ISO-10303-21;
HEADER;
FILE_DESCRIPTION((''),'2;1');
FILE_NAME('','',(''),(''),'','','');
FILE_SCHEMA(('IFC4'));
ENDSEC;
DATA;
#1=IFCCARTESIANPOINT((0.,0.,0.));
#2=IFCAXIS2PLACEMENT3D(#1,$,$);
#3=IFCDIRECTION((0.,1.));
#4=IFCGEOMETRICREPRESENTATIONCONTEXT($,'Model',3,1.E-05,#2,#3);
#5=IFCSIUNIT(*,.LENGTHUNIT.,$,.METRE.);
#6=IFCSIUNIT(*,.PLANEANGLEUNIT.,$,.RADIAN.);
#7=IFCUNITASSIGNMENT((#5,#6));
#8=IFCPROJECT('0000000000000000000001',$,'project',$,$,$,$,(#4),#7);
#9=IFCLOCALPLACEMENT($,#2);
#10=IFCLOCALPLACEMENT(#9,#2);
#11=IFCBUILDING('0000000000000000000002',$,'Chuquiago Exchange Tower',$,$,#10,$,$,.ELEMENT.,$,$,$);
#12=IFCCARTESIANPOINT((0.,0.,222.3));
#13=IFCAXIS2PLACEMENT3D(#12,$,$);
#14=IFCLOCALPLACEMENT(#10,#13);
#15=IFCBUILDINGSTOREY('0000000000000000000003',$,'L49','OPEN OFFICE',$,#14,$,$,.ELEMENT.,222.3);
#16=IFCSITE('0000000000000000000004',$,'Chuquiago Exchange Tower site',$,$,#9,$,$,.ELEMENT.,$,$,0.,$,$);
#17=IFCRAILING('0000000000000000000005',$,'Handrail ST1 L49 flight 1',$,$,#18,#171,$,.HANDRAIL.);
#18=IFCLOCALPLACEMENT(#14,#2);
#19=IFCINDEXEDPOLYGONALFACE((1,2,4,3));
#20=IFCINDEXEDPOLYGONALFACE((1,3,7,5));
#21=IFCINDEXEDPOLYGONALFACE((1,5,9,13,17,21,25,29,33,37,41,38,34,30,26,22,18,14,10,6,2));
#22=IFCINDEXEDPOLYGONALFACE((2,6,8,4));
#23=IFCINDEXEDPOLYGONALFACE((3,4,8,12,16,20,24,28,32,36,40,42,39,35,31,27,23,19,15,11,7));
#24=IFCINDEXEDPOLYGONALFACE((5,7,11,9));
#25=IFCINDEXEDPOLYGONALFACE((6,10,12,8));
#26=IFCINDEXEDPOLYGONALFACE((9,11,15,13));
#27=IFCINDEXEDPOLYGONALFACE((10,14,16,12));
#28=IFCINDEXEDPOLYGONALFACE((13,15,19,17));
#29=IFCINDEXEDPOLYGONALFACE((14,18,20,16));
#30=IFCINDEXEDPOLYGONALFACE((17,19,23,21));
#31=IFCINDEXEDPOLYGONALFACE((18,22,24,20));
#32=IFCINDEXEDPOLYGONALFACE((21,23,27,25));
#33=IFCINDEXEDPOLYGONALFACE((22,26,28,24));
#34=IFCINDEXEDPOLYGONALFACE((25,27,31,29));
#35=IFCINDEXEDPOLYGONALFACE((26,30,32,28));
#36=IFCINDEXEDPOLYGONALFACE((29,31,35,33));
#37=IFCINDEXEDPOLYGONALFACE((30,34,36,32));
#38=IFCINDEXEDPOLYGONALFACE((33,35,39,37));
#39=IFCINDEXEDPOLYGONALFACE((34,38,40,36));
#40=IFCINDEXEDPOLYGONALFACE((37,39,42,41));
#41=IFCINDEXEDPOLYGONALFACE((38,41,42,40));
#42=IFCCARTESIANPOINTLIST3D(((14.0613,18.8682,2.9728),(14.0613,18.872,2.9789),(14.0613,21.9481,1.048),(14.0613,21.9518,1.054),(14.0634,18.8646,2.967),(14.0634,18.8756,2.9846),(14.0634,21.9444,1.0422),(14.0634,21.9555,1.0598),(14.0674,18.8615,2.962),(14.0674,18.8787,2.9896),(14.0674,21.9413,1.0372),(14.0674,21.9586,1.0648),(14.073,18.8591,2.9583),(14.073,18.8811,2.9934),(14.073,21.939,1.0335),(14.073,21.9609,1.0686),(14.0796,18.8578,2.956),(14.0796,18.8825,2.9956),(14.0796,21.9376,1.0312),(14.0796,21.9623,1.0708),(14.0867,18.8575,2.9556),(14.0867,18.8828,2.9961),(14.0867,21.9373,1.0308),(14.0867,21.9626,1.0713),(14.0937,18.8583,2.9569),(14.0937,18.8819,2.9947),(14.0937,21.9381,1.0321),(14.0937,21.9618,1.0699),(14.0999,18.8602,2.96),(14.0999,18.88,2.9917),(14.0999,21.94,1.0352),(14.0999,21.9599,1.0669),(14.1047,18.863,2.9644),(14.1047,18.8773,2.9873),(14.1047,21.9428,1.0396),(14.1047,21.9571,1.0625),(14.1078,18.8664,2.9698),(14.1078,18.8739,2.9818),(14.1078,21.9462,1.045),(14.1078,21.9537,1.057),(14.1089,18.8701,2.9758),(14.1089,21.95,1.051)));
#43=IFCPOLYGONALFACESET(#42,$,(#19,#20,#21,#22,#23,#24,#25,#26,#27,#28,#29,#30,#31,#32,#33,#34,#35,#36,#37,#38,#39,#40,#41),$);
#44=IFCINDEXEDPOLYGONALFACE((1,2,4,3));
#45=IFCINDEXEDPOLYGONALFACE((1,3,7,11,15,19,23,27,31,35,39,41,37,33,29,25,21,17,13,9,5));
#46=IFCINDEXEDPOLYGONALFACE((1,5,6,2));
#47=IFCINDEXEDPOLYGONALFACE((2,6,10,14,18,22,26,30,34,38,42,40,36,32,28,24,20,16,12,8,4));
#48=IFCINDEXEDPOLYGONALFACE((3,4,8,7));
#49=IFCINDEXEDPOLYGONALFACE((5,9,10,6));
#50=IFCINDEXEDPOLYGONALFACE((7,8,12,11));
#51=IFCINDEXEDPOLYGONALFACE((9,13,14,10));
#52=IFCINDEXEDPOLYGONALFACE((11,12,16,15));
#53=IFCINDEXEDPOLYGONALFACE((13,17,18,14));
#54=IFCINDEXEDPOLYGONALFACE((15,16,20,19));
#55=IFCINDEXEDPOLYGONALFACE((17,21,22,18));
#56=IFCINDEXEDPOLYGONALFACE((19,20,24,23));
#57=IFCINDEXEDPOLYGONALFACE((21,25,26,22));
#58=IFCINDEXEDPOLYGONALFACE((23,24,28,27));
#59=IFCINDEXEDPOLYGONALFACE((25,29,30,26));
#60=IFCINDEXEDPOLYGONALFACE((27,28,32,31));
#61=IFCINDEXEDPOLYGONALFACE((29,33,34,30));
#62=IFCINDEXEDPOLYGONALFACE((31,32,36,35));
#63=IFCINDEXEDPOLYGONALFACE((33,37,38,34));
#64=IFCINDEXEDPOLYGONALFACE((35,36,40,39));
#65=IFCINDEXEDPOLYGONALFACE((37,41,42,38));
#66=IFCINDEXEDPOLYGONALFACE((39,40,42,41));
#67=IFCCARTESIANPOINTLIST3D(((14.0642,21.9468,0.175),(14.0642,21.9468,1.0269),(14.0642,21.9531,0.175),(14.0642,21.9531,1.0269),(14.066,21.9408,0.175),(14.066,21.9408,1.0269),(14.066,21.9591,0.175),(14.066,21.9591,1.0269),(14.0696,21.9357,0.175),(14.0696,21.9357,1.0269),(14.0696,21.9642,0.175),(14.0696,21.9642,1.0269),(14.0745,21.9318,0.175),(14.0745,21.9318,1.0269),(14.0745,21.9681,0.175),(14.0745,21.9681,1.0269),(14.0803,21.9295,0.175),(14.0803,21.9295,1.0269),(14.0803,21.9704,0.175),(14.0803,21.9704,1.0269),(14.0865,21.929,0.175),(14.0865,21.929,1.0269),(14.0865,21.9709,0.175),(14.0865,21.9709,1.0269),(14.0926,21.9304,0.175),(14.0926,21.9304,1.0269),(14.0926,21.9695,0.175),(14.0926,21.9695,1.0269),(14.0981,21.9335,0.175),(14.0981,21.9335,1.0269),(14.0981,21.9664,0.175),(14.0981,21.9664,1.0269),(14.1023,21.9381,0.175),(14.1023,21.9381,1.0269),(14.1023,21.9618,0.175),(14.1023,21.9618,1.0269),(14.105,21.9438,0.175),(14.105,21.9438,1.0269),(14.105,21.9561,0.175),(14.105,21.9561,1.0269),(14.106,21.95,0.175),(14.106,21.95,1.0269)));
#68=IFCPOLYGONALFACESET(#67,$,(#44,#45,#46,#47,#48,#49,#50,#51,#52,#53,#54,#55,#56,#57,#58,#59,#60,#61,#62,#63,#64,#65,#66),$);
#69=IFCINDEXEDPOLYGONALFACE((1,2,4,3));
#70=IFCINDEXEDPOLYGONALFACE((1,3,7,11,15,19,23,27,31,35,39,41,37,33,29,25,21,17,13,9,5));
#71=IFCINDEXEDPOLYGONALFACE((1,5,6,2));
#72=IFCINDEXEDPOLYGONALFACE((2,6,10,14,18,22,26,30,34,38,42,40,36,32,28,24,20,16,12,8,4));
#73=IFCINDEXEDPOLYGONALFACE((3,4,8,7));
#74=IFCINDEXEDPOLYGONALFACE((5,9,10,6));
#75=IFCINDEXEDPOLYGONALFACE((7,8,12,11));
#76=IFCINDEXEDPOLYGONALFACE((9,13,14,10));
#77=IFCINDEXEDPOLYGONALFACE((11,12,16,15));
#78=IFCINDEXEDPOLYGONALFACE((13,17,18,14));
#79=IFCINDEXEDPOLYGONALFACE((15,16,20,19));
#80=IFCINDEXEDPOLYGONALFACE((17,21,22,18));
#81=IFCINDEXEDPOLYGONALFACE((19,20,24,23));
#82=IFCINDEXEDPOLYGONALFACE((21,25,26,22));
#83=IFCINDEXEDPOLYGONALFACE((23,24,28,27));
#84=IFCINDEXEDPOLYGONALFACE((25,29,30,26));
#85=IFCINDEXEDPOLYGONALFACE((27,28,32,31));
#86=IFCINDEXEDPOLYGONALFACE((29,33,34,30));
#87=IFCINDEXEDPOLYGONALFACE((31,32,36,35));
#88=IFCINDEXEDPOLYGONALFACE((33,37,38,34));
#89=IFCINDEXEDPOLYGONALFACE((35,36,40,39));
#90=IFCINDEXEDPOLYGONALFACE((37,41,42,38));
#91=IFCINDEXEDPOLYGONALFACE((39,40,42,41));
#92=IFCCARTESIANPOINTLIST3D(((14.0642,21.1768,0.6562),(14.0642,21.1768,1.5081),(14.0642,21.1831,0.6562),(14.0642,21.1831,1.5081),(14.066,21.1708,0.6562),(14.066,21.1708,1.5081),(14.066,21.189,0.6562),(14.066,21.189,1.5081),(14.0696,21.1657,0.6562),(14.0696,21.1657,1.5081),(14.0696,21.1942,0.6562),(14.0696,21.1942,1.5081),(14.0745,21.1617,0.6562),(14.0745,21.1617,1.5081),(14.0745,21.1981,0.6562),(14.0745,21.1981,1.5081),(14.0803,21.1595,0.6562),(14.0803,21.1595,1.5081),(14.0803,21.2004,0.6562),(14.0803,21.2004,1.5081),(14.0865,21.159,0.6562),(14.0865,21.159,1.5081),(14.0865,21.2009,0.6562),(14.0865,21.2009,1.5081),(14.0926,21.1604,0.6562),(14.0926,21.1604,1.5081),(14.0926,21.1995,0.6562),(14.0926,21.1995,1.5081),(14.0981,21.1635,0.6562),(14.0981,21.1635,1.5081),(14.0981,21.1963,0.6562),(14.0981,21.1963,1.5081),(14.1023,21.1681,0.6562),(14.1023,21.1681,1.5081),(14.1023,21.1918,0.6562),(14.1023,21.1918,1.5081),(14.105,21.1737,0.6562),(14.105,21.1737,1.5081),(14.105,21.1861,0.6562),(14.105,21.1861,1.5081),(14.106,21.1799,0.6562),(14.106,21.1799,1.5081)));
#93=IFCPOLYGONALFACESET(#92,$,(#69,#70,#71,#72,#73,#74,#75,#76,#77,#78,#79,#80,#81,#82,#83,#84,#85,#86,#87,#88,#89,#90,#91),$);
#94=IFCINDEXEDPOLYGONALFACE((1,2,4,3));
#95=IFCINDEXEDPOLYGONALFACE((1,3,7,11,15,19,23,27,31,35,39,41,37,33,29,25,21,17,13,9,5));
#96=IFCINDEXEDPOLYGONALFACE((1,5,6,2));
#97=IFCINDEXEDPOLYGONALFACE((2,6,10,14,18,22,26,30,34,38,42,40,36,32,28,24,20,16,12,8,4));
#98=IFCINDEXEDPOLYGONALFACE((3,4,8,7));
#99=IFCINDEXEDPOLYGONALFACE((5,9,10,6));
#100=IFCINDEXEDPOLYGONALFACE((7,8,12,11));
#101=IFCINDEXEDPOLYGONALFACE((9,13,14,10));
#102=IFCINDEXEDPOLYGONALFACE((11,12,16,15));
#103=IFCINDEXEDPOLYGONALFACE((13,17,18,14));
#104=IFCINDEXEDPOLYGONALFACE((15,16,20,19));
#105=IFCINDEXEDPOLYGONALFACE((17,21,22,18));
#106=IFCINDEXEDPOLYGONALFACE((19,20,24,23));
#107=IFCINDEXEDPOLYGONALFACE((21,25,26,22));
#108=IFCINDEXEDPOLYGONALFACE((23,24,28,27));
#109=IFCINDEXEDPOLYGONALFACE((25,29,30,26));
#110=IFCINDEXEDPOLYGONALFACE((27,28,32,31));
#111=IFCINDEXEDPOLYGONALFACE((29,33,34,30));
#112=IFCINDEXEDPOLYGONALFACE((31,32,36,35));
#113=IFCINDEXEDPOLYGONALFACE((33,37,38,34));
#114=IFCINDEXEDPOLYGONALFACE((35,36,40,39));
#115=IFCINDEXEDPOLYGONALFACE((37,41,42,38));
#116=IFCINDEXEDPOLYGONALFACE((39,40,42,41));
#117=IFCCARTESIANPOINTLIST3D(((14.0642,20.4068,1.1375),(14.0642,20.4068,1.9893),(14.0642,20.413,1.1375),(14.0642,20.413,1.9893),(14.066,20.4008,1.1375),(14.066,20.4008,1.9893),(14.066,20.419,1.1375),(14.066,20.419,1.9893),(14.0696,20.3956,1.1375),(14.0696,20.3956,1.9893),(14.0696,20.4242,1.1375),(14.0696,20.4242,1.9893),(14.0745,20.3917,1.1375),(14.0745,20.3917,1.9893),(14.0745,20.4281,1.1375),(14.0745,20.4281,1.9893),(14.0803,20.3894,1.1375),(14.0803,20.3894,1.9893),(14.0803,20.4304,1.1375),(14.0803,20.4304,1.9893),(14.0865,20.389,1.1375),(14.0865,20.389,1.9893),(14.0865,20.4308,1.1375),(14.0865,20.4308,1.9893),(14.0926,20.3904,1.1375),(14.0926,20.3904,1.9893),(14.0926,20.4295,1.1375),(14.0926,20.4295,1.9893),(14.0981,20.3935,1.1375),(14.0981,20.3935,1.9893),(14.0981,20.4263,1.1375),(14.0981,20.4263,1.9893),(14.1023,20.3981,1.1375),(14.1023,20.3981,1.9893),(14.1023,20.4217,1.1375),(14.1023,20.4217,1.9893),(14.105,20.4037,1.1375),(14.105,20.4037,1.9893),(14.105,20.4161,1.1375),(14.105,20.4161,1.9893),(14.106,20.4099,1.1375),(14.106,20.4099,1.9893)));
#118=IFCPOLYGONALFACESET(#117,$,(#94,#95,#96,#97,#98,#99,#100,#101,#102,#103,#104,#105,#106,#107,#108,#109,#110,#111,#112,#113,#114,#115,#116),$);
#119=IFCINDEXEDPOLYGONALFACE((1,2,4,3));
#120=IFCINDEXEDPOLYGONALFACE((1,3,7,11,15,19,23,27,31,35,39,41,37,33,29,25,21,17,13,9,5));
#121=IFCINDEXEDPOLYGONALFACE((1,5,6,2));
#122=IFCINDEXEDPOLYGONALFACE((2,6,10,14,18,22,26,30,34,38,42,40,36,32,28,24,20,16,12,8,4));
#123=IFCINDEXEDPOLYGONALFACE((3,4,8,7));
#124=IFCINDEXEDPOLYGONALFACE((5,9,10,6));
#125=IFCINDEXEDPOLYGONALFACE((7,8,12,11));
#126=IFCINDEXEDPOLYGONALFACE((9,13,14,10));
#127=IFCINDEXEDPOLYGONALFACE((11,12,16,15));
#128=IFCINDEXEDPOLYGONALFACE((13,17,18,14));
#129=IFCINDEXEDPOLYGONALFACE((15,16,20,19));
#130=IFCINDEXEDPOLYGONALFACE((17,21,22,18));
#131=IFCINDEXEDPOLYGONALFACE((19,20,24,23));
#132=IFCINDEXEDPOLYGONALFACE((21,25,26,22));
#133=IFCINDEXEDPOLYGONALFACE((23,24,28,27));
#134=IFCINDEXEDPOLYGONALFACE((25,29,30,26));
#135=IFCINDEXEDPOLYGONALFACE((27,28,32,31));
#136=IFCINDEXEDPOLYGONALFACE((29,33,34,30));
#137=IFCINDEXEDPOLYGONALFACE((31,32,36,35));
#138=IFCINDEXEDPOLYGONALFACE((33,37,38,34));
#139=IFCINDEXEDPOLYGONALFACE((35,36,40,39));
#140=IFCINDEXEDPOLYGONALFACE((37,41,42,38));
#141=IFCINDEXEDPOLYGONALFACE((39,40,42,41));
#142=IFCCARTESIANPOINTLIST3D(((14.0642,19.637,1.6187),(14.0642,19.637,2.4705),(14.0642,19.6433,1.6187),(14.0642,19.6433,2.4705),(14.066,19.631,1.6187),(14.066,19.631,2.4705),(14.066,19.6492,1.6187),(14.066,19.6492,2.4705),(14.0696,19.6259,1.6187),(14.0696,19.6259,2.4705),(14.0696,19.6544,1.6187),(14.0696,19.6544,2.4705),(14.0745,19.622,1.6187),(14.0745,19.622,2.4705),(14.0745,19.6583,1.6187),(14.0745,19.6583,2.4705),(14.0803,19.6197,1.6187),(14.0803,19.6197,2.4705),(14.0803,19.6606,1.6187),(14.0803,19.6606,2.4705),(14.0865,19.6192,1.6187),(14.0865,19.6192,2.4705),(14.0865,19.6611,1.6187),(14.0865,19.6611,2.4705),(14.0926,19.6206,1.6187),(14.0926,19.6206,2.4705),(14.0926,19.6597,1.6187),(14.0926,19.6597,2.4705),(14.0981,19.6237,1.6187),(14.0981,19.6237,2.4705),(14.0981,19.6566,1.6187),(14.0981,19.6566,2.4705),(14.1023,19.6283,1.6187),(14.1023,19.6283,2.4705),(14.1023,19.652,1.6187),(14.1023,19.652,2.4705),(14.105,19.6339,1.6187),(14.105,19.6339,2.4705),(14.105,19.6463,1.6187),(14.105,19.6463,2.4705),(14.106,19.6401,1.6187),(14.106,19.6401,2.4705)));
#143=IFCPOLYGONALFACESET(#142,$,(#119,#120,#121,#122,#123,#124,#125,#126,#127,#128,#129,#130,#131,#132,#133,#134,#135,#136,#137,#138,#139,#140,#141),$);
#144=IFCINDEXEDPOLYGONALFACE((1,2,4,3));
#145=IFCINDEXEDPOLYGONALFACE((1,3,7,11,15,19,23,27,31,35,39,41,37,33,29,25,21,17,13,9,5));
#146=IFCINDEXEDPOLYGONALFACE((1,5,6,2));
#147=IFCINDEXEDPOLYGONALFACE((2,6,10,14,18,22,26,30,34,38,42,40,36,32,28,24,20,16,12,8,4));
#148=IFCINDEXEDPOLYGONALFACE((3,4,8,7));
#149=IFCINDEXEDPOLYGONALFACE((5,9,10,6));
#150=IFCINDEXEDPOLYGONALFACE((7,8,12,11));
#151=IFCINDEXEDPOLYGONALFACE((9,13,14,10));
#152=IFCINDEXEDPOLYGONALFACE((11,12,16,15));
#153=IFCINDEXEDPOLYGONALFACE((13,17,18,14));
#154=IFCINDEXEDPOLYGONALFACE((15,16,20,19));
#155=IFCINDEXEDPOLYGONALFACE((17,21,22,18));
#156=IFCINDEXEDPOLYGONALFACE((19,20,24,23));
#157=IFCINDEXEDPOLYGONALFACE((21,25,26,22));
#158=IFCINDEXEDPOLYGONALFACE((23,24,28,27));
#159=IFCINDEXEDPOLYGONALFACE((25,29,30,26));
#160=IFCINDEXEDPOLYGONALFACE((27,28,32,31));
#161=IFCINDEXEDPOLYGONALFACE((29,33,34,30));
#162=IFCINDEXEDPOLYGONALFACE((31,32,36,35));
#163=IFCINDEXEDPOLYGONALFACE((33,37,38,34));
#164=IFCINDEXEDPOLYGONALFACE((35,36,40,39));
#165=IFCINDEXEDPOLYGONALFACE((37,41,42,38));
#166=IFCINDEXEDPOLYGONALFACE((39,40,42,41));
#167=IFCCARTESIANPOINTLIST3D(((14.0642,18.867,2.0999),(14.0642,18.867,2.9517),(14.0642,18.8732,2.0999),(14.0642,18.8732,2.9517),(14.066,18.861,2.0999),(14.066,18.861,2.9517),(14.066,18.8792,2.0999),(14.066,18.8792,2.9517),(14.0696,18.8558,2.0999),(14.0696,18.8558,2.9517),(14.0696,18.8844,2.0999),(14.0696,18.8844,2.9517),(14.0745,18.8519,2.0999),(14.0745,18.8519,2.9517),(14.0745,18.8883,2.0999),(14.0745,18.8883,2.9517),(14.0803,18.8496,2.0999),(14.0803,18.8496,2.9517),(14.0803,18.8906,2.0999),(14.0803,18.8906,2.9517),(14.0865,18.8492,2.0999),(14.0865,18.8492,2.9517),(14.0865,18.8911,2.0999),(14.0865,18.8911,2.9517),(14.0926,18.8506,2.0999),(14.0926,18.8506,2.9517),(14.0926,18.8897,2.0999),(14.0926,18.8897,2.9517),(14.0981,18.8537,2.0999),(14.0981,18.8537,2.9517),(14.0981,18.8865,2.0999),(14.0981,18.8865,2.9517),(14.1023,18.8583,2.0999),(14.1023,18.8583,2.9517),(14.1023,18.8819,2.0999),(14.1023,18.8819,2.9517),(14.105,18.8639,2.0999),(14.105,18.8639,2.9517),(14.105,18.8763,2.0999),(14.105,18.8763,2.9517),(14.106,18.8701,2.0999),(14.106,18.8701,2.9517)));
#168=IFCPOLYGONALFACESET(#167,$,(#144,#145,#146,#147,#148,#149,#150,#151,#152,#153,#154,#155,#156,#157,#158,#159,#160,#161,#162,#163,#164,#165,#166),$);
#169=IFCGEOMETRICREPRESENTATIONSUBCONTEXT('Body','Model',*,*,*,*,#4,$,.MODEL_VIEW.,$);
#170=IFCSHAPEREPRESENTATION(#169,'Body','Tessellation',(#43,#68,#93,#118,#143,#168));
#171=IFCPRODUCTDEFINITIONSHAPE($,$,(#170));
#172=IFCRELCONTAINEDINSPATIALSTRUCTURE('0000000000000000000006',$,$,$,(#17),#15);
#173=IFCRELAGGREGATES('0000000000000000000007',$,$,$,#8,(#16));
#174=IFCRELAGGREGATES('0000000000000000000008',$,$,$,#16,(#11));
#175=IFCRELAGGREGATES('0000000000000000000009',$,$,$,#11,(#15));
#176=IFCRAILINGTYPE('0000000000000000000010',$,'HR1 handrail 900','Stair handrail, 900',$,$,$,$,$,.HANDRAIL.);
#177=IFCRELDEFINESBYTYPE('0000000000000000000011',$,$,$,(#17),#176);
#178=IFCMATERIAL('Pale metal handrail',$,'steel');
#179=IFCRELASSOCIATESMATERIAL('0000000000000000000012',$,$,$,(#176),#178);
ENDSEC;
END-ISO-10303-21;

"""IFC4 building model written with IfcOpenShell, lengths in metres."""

from ifc_helpers import new_model, si_unit, direction, frame, origin, origin_2d, place, context, subcontext, project, spatial, circle, extrude, material, type_object, element, save


model = new_model("IFC4")

# Units and contexts
model_context = context("Model", 3, precision=1e-05, world=origin(), true_north=direction((0.0, 1.0)))
body_context = subcontext(model_context, "Body", "Model", "MODEL_VIEW")
ifc_project = project(units=[si_unit("LENGTHUNIT", "METRE"), si_unit("PLANEANGLEUNIT", "RADIAN")], contexts=[model_context])

# Site, building, storey
site_placement = place(None, origin())
site = spatial("IfcSite", under=ifc_project, at=site_placement, Name="Chuquiago Exchange Tower site", CompositionType="ELEMENT", RefElevation=0.0)
building_placement = place(site_placement, origin())
building = spatial("IfcBuilding", under=site, at=building_placement, Name="Chuquiago Exchange Tower", CompositionType="ELEMENT")
storey_placement = place(building_placement, frame((0.0, 0.0, 222.3)))
storey = spatial("IfcBuildingStorey", under=building, at=storey_placement, Name="L49", Description="OPEN OFFICE", CompositionType="ELEMENT", Elevation=222.3)

# Railing
ifc_material_1 = material(Name="Pale metal handrail", Category="steel")
railing_type_1 = type_object("IfcRailingType", Name="HR1 handrail 900", Description="Stair handrail, 900", PredefinedType="HANDRAIL", material=ifc_material_1)
for number, where, name in (
    (1, (14.085, 21.95, 0.175), "Handrail ST1 L49 flight 1"),
):
    element("IfcRailing", number, at=place(storey_placement, frame(where)), inside=storey, type_object=railing_type_1, Name=name, PredefinedType="HANDRAIL", context=body_context, shape_type="SweptSolid", body=[
        extrude(circle(Radius=0.0239, at=origin_2d()), frame((0.0, 0.0, 0.876), z_axis=(0.0, -0.84801, 0.529981), x_axis=(1.0, 0.0, 0.0)), (0.0, 0.0, 1.0), 3.6318),
        extrude(circle(Radius=0.021, at=origin_2d()), origin(), (0.0, 0.0, 1.0), 0.8518),
        extrude(circle(Radius=0.021, at=origin_2d()), frame((0.0, -0.77, 0.4812)), (0.0, 0.0, 1.0), 0.8518),
        extrude(circle(Radius=0.021, at=origin_2d()), frame((0.0, -1.54, 0.9624)), (0.0, 0.0, 1.0), 0.8518),
        extrude(circle(Radius=0.021, at=origin_2d()), frame((0.0, -2.3098, 1.4436)), (0.0, 0.0, 1.0), 0.8518),
        extrude(circle(Radius=0.021, at=origin_2d()), frame((0.0, -3.0798, 1.9248)), (0.0, 0.0, 1.0), 0.8518),
    ])

save(model, "model.ifc")
